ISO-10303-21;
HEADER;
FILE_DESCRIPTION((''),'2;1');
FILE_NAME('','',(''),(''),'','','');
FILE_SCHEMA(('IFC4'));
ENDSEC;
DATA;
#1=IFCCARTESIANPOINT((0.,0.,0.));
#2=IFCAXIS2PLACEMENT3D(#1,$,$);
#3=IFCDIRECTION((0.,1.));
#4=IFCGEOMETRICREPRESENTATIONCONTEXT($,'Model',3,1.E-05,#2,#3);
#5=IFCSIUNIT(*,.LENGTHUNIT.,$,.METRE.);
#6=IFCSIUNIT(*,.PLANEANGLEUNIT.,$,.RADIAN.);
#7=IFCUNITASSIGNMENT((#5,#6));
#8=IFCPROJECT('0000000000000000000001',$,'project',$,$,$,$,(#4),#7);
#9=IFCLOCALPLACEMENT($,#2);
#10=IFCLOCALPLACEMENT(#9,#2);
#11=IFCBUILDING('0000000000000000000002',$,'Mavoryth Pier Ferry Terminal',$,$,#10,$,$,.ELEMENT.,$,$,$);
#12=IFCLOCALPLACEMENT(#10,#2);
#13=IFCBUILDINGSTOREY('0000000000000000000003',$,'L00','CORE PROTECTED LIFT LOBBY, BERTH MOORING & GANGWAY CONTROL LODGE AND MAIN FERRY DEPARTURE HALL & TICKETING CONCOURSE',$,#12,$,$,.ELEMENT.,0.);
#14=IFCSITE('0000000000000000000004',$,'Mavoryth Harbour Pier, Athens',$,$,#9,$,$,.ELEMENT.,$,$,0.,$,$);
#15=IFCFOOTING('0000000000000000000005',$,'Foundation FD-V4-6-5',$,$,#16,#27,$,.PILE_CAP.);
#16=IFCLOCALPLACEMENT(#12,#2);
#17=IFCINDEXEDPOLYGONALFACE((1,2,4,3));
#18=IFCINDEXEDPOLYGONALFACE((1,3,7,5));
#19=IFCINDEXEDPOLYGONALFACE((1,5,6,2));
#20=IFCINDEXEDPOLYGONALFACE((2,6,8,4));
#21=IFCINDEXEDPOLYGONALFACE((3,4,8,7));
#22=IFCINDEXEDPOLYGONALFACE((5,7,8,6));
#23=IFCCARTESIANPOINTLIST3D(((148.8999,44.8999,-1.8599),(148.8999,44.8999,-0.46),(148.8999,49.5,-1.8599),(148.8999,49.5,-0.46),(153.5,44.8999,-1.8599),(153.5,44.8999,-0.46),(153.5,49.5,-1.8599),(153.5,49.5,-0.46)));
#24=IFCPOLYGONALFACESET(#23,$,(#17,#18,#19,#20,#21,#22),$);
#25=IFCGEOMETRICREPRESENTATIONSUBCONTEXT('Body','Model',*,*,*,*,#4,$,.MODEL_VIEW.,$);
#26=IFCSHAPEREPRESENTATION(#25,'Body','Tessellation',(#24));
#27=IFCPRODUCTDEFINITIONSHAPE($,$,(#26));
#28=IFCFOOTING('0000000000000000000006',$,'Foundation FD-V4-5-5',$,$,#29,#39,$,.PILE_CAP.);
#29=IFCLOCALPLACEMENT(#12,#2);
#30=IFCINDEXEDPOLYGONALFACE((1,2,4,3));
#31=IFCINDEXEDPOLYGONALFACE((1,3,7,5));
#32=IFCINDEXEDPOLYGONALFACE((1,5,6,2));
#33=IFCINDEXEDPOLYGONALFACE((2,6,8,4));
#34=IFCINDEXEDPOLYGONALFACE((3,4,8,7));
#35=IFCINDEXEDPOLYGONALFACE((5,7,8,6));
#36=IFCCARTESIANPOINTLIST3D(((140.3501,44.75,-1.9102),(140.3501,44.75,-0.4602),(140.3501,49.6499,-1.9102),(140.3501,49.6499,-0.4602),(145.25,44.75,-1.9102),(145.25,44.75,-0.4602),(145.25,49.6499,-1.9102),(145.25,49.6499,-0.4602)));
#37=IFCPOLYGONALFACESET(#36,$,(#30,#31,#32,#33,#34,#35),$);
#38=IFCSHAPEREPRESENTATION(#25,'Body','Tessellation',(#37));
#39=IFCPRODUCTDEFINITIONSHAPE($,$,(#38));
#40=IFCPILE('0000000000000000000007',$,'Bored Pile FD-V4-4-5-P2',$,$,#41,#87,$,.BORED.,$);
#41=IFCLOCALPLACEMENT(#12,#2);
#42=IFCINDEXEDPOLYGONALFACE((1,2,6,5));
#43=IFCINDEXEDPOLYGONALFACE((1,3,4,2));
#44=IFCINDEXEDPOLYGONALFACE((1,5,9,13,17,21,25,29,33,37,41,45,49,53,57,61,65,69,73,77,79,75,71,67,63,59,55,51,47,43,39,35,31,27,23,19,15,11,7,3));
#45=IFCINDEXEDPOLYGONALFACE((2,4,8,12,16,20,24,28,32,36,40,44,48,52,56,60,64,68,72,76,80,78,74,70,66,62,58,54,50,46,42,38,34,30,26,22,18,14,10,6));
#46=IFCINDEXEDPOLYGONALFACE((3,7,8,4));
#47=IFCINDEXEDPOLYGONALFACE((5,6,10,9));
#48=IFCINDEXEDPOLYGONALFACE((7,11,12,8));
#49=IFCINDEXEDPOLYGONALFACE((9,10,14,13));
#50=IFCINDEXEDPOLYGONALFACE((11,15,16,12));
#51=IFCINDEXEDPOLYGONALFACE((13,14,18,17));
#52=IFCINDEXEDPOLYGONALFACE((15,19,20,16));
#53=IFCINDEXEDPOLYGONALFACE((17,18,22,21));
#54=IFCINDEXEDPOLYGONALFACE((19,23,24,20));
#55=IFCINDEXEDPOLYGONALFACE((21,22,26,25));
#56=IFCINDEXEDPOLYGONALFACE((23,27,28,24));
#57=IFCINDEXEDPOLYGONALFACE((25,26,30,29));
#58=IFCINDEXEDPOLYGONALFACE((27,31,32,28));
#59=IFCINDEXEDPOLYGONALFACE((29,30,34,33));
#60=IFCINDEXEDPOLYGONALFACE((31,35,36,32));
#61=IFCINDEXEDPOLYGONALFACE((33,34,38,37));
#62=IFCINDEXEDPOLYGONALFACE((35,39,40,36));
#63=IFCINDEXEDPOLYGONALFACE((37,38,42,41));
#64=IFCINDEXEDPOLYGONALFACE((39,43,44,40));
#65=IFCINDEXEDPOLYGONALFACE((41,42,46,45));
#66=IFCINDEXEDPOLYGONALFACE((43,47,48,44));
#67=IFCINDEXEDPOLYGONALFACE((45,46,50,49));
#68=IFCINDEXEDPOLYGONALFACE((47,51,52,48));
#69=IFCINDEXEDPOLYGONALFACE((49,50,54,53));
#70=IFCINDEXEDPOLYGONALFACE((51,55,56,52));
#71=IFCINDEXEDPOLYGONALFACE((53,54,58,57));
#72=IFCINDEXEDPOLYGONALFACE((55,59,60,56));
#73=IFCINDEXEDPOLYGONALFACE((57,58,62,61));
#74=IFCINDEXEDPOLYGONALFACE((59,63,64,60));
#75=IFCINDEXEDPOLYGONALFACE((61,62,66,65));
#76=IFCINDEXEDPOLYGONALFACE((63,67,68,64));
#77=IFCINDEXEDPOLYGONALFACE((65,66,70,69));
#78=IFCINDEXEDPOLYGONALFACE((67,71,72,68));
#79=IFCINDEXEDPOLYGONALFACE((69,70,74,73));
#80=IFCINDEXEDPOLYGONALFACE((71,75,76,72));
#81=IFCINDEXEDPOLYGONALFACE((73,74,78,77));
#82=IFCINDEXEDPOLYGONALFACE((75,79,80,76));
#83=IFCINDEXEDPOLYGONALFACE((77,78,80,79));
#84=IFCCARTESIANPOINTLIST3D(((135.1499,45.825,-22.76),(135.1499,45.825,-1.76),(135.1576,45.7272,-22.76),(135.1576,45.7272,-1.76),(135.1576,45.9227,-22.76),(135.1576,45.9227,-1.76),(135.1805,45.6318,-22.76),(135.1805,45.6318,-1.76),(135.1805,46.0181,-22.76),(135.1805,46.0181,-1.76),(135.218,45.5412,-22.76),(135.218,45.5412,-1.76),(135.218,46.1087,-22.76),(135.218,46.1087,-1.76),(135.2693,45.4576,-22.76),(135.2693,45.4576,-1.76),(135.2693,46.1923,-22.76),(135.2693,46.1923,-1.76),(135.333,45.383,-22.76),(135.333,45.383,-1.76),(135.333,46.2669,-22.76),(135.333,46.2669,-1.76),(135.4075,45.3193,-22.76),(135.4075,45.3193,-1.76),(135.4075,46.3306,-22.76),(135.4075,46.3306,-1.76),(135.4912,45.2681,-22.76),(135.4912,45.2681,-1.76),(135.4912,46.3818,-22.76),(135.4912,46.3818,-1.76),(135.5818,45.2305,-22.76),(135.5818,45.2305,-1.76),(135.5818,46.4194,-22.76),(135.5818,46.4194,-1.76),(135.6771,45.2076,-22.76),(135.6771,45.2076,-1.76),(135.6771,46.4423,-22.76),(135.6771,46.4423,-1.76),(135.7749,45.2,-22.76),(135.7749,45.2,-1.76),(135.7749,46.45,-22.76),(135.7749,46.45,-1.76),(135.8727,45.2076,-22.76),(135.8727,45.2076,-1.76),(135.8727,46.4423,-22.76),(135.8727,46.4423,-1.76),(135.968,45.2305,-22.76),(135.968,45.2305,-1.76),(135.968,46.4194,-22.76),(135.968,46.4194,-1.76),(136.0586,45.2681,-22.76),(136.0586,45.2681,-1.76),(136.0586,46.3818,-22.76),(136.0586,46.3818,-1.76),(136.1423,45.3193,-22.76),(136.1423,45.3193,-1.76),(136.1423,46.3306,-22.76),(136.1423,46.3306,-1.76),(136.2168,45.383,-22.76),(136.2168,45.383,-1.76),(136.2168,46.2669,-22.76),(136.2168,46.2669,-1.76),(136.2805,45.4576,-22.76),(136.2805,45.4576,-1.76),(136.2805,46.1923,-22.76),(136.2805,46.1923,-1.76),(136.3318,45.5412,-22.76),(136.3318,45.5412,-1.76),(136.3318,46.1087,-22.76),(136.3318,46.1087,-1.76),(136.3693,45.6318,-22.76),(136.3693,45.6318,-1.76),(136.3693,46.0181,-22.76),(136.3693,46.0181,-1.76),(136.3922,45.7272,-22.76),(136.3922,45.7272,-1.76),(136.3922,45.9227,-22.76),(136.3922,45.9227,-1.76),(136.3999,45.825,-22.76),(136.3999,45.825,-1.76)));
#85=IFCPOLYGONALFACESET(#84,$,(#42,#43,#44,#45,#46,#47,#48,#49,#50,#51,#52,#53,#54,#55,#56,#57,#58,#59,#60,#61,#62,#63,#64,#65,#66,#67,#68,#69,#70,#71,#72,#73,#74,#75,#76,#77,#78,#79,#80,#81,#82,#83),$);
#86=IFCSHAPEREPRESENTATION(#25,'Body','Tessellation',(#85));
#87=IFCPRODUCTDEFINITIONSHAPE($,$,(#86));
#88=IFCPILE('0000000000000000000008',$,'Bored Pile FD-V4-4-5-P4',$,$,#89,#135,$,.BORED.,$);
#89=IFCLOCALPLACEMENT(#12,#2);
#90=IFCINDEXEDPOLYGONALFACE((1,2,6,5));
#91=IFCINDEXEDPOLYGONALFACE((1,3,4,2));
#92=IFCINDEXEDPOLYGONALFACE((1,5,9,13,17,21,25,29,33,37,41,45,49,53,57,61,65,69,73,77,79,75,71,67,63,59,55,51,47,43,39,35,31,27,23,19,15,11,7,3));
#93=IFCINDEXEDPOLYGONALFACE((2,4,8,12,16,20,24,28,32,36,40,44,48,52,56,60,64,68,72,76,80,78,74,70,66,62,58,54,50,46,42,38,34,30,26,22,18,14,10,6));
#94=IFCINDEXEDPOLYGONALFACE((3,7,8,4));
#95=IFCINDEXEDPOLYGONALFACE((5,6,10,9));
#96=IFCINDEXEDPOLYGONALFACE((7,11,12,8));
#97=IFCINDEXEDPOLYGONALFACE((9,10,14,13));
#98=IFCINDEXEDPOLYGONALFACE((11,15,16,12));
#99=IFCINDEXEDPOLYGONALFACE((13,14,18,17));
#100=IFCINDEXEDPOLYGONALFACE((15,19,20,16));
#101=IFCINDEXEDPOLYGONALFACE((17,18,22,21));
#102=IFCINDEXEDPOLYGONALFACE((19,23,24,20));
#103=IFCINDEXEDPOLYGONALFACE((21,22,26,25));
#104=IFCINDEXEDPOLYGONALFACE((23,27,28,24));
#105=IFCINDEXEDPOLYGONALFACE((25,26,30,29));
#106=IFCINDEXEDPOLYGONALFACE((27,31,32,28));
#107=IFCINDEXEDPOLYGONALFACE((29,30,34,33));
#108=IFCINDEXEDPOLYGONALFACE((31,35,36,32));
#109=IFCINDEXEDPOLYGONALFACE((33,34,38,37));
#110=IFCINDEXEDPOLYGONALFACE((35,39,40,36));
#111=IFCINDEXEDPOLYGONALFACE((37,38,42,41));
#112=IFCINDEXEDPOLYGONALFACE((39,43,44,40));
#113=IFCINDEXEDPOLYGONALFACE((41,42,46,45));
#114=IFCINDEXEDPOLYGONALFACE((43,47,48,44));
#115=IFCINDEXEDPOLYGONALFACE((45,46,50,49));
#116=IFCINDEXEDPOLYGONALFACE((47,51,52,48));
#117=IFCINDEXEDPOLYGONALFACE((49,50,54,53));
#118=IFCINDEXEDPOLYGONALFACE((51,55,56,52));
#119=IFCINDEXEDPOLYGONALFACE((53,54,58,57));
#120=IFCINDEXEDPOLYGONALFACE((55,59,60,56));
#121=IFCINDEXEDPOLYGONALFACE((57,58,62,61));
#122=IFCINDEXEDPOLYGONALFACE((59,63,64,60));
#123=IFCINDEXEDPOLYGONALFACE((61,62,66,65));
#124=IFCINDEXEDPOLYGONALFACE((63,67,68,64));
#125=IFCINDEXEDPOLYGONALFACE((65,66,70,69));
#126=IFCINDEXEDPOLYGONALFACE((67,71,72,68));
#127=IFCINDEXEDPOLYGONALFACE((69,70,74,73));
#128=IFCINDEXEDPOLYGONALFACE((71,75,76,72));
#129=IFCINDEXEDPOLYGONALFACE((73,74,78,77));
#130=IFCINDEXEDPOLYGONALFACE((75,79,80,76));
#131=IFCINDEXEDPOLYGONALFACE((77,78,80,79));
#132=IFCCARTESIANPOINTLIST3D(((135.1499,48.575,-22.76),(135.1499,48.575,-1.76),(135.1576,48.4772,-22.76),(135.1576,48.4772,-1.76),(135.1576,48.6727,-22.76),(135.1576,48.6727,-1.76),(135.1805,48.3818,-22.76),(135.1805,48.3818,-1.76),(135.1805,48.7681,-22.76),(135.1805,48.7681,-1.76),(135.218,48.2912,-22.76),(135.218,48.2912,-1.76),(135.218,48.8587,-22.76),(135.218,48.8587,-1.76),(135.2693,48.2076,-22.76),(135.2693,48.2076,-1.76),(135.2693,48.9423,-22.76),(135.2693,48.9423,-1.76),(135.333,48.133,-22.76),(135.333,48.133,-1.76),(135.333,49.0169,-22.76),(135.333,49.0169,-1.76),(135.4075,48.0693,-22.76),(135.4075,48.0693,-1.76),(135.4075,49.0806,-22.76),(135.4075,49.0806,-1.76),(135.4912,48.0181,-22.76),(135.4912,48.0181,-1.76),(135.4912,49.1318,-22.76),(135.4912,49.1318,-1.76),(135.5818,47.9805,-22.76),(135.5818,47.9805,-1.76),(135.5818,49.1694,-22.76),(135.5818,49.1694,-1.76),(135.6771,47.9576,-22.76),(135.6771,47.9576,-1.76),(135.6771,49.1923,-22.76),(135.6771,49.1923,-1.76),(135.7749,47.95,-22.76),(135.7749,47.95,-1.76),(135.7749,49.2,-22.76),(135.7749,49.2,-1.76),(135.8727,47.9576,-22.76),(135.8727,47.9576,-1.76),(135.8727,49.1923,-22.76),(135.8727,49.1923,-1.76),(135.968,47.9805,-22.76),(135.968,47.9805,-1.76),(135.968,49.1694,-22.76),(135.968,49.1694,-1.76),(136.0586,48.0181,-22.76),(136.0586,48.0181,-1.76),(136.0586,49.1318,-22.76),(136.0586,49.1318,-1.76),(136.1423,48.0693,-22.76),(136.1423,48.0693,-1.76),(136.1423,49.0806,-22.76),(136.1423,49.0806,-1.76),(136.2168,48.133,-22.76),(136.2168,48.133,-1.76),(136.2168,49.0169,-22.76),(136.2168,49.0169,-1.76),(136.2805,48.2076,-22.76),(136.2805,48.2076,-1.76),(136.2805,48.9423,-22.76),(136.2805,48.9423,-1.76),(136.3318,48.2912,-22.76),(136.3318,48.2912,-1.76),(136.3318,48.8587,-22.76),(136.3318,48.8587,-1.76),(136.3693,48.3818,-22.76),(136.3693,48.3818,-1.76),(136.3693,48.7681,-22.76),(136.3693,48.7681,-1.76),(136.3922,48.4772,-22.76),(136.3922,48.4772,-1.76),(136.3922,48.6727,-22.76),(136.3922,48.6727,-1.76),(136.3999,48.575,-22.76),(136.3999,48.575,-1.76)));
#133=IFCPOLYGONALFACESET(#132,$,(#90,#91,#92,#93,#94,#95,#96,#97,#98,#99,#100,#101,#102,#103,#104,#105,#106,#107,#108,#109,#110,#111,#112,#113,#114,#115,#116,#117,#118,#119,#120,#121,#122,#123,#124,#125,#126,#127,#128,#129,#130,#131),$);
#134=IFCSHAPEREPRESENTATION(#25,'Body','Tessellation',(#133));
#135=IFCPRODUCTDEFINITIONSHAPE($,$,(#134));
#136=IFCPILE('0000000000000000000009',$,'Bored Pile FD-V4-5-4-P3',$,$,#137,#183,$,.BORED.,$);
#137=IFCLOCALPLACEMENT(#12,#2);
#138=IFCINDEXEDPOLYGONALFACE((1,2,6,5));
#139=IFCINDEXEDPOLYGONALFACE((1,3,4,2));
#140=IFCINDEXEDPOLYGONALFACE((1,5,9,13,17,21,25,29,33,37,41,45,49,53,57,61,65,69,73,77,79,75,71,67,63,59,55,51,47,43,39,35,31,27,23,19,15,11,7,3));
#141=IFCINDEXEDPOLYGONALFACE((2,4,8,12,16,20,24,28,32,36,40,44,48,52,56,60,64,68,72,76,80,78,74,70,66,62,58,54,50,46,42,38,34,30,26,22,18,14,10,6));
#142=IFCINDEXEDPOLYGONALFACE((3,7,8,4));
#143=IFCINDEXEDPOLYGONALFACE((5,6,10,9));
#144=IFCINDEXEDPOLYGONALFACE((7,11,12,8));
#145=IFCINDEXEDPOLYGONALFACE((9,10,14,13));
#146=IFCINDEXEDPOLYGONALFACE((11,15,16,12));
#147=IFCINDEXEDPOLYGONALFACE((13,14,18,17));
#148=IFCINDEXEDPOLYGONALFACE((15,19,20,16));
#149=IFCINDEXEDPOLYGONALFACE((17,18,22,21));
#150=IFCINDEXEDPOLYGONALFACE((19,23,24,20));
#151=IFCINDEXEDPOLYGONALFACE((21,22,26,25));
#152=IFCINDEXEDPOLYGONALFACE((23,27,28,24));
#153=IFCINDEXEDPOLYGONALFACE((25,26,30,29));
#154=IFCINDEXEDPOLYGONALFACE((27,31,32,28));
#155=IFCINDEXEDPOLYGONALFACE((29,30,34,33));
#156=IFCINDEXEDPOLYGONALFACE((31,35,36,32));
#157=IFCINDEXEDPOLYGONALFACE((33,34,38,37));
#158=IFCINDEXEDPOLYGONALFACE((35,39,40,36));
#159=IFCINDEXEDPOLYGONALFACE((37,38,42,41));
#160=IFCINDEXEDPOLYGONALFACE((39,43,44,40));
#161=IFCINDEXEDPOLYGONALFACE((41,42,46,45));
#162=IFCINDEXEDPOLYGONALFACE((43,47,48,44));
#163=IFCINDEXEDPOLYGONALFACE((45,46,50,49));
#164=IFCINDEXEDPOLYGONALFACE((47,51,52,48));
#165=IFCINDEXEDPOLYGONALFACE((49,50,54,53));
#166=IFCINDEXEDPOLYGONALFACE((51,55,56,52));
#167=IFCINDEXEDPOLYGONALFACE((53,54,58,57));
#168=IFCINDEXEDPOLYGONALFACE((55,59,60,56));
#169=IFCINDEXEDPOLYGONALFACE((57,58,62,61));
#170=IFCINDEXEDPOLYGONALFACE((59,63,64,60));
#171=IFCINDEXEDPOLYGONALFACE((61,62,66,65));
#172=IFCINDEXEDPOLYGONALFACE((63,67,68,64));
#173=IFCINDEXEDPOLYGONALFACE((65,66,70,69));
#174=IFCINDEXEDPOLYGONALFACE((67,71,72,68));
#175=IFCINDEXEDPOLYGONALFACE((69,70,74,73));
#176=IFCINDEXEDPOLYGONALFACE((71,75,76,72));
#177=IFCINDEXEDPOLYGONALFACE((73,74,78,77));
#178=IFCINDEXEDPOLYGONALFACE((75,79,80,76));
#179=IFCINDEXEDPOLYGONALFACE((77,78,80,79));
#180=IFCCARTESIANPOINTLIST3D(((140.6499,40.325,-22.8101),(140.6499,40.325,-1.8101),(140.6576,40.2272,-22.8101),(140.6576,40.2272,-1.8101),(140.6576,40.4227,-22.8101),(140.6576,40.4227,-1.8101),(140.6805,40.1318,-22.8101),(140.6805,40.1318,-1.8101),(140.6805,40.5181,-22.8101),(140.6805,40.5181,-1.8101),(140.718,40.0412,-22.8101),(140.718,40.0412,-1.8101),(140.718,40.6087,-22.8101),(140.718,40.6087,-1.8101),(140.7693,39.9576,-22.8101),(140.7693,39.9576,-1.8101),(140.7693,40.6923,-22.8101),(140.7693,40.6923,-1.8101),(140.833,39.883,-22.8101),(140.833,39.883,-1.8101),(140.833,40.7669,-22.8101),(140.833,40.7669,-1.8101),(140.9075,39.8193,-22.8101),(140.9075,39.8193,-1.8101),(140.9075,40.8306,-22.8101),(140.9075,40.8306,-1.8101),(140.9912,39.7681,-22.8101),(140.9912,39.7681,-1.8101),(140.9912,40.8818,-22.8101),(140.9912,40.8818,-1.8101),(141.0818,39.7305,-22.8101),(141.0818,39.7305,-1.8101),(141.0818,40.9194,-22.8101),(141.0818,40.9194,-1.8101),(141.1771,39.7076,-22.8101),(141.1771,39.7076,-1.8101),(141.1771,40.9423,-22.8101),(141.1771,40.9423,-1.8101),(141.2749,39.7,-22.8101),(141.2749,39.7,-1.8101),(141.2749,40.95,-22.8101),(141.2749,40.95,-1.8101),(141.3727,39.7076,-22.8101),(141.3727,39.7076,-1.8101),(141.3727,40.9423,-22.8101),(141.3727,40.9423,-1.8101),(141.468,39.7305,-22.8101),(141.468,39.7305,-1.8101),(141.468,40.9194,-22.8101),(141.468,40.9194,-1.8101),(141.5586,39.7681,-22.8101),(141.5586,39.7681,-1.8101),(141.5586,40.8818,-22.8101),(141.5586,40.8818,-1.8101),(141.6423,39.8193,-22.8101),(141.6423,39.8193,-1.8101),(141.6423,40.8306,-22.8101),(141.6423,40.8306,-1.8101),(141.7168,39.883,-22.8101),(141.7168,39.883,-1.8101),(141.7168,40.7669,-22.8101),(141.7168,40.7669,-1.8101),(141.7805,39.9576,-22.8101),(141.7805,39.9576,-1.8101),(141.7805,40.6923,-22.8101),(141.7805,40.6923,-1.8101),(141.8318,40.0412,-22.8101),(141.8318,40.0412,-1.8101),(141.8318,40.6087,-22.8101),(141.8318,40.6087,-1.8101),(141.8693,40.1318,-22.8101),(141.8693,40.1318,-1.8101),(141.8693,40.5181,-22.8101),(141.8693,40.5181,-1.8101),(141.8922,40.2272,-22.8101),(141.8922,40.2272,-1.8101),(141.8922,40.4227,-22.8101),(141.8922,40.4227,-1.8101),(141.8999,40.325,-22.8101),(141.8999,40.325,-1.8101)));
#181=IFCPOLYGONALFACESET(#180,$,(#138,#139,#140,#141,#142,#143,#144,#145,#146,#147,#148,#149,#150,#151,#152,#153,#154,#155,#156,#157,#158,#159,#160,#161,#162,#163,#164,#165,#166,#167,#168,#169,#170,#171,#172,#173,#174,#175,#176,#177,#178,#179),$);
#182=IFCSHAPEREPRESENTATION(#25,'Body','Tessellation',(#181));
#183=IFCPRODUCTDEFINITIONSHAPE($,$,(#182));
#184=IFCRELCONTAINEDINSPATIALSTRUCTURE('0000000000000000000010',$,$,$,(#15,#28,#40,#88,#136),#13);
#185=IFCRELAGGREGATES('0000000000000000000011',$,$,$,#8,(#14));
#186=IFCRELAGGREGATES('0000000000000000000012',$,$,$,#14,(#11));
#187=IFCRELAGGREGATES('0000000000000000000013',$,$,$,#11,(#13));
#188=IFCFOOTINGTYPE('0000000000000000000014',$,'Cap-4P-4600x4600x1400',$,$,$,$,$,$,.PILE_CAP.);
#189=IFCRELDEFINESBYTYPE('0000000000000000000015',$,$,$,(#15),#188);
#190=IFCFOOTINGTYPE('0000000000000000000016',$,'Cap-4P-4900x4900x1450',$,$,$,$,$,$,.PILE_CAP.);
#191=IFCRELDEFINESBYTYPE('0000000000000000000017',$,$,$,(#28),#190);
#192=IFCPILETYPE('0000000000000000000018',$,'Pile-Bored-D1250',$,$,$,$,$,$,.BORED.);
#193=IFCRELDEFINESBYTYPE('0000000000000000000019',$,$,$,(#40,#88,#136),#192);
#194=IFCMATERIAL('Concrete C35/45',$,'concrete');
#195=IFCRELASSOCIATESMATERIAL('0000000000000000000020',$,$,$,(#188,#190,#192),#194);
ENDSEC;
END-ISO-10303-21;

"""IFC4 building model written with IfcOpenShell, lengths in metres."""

from ifc_helpers import new_model, si_unit, direction, frame, origin, origin_2d, place, context, subcontext, project, spatial, rectangle, circle, extrude, material, material_profile, profile_set, type_object, element, save


model = new_model("IFC4")

# Units and contexts
model_context = context("Model", 3, precision=1e-05, world=origin(), true_north=direction((0.0, 1.0)))
body_context = subcontext(model_context, "Body", "Model", "MODEL_VIEW")
ifc_project = project(units=[si_unit("LENGTHUNIT", "METRE"), si_unit("PLANEANGLEUNIT", "RADIAN")], contexts=[model_context])

# Site, building, storey
site_placement = place(None, origin())
site = spatial("IfcSite", under=ifc_project, at=site_placement, Name="Mavoryth Harbour Pier, Athens", CompositionType="ELEMENT", RefElevation=0.0)
building_placement = place(site_placement, origin())
building = spatial("IfcBuilding", under=site, at=building_placement, Name="Mavoryth Pier Ferry Terminal", CompositionType="ELEMENT")
storey_placement = place(building_placement, origin())
storey = spatial("IfcBuildingStorey", under=building, at=storey_placement, Name="L00", Description="CORE PROTECTED LIFT LOBBY, BERTH MOORING & GANGWAY CONTROL LODGE AND MAIN FERRY DEPARTURE HALL & TICKETING CONCOURSE", CompositionType="ELEMENT", Elevation=0.0)

# Footings
ifc_material_1 = material(Name="Concrete C35/45", Category="concrete")
footing_type_1 = type_object("IfcFootingType", Name="Cap-4P-4600x4600x1400", PredefinedType="PILE_CAP", material=ifc_material_1)
footing_1_placement = place(storey_placement, frame((151.2, 47.2, -1.8599), z_axis=(0.0, 0.0, 1.0), x_axis=(1.0, 0.0, 0.0)))
element("IfcFooting", 1, at=footing_1_placement, inside=storey, type_object=footing_type_1, Name="Foundation FD-V4-6-5", PredefinedType="PILE_CAP", context=body_context, shape_type="SweptSolid", body=[
    extrude(rectangle(XDim=4.6001, YDim=4.6001, at=origin_2d()), origin(), (0.0, 0.0, 1.0), 1.3999),
])
footing_type_2 = type_object("IfcFootingType", Name="Cap-4P-4900x4900x1450", PredefinedType="PILE_CAP", material=ifc_material_1)
footing_2_placement = place(storey_placement, frame((142.8, 47.2, -1.9102), z_axis=(0.0, 0.0, 1.0), x_axis=(1.0, 0.0, 0.0)))
element("IfcFooting", 2, at=footing_2_placement, inside=storey, type_object=footing_type_2, Name="Foundation FD-V4-5-5", PredefinedType="PILE_CAP", context=body_context, shape_type="SweptSolid", body=[
    extrude(rectangle(XDim=4.8999, YDim=4.8999, at=origin_2d()), origin(), (0.0, 0.0, 1.0), 1.45),
])

# Piles
ifc_material_profile_1 = material_profile(ifc_material_1, circle(Radius=0.625, at=origin_2d()), Name="PILE D1250", Category="concrete")
ifc_profile_set_1 = profile_set([ifc_material_profile_1], Name="Concrete C35/45 - PILE D1250")
pile_type = type_object("IfcPileType", Name="Pile-Bored-D1250", PredefinedType="BORED", material=ifc_profile_set_1)
for number, where, z_axis, x_axis, name in (
    (3, (135.7749, 45.825, -1.76), (0.0, 0.0, -1.0), (1.0, 0.0, 0.0), "Bored Pile FD-V4-4-5-P2"),
    (4, (135.7749, 48.575, -1.76), (0.0, 0.0, -1.0), (1.0, 0.0, 0.0), "Bored Pile FD-V4-4-5-P4"),
    (5, (141.2749, 40.325, -1.8101), (0.0, 0.0, -1.0), (1.0, 0.0, 0.0), "Bored Pile FD-V4-5-4-P3"),
):
    element("IfcPile", number, at=place(storey_placement, frame(where, z_axis=z_axis, x_axis=x_axis)), inside=storey, type_object=pile_type, Name=name, PredefinedType="BORED", context=body_context, shape_type="SweptSolid", body=[
        extrude(circle(Radius=0.625, at=origin_2d()), origin(), (0.0, 0.0, 1.0), 21.0),
    ])

save(model, "model.ifc")
